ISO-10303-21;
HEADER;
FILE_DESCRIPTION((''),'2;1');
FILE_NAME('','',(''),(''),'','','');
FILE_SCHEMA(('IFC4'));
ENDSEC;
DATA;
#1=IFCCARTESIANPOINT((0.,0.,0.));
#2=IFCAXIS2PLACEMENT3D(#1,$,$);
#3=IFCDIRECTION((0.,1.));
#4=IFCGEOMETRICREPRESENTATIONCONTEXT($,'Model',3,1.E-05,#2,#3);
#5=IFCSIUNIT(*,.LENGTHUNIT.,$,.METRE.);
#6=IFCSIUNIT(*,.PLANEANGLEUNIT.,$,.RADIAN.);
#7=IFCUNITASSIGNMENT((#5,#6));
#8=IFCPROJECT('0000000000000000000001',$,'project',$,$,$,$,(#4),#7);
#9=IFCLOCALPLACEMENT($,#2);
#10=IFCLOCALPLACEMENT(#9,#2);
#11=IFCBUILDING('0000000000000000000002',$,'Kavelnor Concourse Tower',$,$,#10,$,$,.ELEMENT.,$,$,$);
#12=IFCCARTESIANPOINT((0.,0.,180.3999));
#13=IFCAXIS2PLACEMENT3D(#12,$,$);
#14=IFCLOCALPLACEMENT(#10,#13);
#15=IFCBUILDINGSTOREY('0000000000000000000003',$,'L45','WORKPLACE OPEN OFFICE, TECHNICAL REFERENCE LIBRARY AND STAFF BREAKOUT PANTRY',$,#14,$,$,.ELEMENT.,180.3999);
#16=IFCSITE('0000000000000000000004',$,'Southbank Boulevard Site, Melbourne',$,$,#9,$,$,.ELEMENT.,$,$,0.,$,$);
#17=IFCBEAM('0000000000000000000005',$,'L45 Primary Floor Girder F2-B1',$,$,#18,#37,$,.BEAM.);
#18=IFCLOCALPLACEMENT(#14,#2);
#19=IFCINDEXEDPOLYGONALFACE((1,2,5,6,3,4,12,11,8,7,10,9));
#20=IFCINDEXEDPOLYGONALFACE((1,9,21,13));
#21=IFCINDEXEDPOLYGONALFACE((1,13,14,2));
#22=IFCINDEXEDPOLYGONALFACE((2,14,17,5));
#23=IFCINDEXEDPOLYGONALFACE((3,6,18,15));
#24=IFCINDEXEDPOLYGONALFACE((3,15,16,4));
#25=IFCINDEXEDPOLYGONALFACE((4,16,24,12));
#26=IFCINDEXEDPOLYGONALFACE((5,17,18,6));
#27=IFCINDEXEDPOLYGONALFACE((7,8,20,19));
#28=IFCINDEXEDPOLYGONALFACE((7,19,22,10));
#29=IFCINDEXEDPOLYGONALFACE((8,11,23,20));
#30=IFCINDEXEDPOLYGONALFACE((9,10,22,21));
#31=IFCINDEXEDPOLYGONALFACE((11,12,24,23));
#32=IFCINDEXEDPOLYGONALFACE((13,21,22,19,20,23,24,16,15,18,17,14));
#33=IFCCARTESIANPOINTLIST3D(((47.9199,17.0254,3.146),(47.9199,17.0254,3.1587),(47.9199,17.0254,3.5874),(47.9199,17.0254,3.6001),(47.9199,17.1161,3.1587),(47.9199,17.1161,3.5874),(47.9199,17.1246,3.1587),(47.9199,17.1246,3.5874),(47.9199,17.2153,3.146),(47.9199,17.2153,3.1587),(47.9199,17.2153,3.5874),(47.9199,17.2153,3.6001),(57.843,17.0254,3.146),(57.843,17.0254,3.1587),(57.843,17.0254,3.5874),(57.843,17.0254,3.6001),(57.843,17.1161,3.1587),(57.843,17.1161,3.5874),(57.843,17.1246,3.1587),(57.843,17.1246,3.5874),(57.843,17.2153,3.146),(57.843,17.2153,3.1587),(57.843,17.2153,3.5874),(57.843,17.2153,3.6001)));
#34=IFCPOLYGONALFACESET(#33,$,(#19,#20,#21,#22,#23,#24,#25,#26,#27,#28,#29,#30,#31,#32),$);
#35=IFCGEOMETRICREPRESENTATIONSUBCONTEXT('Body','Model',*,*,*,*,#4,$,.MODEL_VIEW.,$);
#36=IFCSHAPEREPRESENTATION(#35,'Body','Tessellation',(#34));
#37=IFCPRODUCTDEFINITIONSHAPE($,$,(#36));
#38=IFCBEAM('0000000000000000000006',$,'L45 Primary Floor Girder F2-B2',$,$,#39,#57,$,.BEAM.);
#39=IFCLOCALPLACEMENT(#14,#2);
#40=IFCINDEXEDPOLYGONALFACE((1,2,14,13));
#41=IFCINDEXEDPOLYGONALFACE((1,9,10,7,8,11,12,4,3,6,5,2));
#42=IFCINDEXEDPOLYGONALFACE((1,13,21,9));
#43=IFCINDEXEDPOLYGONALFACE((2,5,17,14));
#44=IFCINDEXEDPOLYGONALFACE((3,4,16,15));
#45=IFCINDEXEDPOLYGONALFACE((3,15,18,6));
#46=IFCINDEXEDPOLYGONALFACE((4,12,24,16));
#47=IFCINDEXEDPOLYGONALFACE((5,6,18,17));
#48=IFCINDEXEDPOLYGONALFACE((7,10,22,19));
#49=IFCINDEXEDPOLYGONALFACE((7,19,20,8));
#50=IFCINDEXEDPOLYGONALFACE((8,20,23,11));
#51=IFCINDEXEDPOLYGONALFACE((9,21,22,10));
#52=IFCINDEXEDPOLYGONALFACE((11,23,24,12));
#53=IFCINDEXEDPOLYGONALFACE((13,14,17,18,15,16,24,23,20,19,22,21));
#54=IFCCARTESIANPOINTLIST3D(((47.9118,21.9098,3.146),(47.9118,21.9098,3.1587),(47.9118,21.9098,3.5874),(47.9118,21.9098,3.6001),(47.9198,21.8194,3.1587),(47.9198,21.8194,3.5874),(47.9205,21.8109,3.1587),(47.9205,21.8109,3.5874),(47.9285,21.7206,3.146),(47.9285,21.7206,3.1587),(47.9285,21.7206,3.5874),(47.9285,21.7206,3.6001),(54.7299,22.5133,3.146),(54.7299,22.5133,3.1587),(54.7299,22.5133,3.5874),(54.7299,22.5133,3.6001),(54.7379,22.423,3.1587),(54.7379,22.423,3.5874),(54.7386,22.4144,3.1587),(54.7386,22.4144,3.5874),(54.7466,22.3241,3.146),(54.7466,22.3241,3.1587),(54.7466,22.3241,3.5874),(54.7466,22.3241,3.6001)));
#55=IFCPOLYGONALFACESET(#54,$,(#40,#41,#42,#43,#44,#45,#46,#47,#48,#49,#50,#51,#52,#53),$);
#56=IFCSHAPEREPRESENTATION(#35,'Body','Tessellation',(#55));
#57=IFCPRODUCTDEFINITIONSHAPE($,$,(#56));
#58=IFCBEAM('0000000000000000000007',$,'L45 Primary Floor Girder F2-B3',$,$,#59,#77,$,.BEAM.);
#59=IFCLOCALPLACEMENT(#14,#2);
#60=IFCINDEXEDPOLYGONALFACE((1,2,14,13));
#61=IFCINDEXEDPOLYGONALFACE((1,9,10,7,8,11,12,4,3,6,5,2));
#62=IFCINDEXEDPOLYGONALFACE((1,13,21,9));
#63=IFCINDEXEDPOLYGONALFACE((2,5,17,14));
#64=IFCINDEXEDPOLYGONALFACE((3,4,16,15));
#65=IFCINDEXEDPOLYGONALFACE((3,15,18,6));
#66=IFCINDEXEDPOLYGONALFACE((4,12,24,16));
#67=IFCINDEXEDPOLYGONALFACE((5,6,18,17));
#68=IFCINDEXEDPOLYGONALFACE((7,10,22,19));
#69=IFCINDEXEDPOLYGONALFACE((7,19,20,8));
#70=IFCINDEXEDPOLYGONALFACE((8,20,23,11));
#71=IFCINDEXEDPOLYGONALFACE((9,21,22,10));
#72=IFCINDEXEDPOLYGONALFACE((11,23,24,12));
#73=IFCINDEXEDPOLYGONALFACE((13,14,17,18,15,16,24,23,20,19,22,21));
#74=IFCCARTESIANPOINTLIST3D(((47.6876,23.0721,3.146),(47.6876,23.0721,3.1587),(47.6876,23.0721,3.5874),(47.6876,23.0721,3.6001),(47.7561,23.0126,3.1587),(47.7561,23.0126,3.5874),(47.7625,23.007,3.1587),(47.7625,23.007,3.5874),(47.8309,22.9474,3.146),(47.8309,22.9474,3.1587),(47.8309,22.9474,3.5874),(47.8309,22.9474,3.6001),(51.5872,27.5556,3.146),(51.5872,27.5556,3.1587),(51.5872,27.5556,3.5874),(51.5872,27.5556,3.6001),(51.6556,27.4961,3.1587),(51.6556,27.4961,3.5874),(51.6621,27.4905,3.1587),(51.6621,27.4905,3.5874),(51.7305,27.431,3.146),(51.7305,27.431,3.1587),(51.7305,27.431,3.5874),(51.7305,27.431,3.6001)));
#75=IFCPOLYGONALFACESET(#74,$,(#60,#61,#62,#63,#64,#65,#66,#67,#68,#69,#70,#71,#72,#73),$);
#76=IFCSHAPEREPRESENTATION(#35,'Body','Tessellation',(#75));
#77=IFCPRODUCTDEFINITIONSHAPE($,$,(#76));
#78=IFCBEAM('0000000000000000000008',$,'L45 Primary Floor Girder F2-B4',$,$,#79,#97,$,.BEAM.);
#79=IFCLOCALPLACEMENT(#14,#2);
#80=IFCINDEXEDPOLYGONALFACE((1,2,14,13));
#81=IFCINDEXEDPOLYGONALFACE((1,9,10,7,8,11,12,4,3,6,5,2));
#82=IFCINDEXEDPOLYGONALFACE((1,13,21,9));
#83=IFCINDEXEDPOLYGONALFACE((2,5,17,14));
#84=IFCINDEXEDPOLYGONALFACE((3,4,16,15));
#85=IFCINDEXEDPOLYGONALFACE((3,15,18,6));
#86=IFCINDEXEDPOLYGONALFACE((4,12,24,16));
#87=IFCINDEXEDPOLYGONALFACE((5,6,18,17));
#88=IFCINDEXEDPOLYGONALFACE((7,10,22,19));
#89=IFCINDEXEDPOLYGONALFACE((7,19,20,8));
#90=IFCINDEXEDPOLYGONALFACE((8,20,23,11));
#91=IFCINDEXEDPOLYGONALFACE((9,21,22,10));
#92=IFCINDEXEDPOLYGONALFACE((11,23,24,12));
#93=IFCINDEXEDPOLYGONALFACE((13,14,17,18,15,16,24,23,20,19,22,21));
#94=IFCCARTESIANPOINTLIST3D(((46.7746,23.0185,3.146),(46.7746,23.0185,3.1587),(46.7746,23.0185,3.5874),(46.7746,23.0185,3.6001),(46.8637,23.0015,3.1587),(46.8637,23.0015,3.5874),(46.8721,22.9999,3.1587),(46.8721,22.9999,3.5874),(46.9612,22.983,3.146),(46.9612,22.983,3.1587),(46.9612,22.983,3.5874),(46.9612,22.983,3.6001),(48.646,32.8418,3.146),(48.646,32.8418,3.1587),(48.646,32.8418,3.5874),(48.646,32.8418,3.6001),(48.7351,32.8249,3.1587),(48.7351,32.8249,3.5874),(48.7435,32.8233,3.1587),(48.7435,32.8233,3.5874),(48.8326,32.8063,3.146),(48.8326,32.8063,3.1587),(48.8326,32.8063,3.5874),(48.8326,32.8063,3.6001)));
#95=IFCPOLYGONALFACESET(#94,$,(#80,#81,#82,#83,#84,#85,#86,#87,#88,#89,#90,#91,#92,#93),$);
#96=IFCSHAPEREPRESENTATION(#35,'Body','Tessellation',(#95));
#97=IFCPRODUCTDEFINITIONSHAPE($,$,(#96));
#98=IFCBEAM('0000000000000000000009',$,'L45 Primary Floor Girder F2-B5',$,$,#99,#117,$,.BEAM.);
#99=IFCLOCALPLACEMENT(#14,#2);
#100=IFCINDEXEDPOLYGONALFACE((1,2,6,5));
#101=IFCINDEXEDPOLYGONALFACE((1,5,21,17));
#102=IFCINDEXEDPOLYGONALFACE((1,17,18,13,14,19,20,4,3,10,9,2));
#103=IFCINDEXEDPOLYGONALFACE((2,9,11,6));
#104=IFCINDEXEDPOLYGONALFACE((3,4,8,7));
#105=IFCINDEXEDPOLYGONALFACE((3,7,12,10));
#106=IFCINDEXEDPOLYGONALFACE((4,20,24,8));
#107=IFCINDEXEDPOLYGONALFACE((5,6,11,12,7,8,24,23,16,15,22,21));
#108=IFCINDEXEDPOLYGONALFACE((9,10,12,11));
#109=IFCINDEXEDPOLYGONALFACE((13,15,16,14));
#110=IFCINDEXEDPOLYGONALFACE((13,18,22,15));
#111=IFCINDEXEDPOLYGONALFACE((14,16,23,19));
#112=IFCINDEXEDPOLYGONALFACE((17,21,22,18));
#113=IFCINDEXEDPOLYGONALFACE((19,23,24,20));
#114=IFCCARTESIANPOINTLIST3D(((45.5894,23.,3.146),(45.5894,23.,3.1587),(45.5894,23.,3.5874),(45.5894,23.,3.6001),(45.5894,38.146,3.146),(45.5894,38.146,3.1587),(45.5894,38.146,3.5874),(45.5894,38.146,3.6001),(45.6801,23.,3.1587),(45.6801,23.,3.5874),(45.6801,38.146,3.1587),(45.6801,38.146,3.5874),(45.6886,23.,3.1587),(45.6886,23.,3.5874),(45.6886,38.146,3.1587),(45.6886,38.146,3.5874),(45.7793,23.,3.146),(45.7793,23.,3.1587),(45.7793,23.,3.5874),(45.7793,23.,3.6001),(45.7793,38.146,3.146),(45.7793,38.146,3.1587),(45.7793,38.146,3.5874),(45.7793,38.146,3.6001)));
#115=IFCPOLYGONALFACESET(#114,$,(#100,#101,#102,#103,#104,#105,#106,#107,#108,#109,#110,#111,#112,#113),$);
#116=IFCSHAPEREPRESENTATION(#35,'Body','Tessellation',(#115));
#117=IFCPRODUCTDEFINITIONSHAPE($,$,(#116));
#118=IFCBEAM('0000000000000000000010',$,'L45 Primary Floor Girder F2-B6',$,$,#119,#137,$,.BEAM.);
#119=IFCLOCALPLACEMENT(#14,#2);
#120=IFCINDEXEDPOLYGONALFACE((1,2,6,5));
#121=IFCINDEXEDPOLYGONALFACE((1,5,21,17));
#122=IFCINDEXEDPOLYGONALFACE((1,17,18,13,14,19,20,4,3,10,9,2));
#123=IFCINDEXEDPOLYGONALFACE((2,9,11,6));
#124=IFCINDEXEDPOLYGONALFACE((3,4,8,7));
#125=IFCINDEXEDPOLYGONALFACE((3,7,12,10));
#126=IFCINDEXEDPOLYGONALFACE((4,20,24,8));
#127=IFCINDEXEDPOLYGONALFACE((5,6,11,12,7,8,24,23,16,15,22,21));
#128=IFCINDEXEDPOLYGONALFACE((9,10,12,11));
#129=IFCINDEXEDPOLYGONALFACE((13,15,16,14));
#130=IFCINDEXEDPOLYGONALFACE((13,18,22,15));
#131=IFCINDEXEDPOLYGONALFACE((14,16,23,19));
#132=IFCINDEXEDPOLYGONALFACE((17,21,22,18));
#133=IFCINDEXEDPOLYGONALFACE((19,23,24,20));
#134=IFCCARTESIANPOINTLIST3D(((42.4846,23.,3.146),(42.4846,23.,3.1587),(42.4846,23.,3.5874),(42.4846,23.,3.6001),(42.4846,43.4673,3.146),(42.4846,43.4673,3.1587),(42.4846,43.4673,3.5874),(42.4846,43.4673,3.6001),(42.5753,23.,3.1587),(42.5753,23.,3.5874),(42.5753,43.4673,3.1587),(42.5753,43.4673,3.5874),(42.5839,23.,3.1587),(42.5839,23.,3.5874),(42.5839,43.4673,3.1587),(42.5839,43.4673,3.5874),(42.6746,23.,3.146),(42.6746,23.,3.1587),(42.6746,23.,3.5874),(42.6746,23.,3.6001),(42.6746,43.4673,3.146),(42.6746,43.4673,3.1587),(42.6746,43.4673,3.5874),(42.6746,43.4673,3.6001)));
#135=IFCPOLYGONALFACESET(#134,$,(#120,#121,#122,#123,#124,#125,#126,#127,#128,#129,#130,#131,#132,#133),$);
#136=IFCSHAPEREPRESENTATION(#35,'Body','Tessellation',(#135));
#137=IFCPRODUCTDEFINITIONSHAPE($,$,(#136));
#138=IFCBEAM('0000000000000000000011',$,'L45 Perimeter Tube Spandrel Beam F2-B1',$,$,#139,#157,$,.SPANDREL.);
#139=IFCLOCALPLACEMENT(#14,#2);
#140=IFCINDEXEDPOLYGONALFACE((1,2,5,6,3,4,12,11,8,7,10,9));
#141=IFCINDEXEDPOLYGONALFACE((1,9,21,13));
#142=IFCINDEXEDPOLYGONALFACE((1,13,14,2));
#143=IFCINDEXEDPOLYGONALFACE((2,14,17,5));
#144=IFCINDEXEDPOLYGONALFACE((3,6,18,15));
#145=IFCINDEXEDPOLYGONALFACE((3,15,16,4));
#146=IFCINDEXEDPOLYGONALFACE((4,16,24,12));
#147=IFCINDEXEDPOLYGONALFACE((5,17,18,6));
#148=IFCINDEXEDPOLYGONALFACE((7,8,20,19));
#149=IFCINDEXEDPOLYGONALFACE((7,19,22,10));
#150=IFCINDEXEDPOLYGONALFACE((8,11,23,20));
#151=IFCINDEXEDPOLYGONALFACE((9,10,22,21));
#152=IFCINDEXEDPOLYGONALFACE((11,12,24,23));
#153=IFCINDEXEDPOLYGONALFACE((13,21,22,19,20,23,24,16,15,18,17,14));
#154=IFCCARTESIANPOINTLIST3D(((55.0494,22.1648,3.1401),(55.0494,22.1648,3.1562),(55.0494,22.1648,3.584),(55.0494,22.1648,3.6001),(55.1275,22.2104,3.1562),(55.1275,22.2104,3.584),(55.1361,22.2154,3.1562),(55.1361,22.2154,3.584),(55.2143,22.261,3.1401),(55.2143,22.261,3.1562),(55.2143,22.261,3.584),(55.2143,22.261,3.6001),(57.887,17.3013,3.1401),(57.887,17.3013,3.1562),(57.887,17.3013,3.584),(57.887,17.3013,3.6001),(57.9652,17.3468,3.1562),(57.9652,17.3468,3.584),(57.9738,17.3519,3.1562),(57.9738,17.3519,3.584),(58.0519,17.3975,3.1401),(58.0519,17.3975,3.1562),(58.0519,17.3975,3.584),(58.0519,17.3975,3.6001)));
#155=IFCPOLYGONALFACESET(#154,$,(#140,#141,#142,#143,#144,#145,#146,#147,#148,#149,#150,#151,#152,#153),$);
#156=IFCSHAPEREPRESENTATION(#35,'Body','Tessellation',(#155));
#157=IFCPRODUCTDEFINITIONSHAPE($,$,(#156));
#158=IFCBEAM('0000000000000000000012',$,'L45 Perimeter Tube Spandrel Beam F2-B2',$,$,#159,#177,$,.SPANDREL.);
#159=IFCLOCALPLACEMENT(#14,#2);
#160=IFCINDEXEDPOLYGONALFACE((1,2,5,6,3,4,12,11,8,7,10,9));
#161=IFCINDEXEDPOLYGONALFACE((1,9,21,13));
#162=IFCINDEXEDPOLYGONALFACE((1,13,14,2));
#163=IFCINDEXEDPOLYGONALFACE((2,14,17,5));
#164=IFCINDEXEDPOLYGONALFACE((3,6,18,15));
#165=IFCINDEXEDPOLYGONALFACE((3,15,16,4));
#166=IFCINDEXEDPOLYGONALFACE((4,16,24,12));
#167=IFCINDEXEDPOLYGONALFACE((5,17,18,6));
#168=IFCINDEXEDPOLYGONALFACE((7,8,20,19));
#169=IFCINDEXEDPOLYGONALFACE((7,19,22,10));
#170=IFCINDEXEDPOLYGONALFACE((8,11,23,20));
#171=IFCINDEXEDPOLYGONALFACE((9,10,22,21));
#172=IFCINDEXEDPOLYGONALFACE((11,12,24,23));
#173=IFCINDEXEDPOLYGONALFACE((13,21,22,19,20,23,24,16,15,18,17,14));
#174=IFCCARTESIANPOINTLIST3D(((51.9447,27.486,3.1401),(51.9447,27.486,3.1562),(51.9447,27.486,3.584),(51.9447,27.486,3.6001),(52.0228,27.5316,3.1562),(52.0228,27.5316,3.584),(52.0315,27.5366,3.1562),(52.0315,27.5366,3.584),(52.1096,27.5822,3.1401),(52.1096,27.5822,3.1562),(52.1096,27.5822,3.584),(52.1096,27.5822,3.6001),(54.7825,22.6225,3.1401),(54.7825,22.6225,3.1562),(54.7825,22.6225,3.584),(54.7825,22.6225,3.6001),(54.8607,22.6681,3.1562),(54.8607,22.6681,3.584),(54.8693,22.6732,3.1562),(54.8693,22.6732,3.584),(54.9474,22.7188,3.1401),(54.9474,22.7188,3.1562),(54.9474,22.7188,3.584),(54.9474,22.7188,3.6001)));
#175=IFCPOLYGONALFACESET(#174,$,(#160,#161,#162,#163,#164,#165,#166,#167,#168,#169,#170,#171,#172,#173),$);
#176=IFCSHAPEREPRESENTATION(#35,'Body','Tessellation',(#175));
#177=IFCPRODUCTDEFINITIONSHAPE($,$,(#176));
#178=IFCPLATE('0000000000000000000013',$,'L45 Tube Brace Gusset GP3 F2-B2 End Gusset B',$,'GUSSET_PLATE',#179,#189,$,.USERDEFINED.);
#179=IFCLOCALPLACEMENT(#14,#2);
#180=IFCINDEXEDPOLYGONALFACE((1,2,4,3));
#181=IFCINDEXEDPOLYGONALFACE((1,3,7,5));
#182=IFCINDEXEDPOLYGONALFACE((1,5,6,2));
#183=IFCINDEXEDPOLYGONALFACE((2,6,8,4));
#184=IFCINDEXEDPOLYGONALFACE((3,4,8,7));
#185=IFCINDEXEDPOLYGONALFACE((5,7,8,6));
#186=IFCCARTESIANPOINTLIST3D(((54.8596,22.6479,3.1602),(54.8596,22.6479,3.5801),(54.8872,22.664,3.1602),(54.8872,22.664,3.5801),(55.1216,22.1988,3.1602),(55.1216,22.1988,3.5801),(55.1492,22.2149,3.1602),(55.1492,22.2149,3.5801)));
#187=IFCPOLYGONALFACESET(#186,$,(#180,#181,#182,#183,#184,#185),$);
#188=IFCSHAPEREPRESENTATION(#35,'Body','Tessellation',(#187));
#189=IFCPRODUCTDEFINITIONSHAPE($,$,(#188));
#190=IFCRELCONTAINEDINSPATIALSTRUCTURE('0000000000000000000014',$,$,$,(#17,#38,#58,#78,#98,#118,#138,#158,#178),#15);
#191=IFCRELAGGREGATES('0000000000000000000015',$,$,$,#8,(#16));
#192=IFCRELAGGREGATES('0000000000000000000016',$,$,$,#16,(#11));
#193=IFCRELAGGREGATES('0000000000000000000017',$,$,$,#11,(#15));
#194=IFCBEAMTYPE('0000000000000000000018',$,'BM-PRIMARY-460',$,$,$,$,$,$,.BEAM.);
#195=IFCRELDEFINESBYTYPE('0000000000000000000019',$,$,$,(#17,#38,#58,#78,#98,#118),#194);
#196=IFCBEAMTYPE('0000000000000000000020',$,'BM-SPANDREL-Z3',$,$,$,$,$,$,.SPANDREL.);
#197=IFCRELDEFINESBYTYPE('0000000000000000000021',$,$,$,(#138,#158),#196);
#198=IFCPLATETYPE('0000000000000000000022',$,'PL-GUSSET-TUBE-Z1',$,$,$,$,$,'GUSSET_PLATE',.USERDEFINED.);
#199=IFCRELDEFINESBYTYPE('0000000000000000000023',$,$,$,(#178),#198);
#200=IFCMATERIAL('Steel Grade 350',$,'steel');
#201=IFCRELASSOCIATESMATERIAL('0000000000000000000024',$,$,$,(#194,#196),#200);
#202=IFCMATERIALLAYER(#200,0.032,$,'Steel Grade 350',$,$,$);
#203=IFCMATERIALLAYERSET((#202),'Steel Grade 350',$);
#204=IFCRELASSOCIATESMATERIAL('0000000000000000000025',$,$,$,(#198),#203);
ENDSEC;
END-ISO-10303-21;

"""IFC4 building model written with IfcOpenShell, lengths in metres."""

from ifc_helpers import new_model, si_unit, direction, frame, origin, origin_2d, place, context, subcontext, project, spatial, rectangle, i_section, extrude, material, layer, layer_set, material_profile, profile_set, type_object, element, save


model = new_model("IFC4")

# Units and contexts
model_context = context("Model", 3, precision=1e-05, world=origin(), true_north=direction((0.0, 1.0)))
body_context = subcontext(model_context, "Body", "Model", "MODEL_VIEW")
ifc_project = project(units=[si_unit("LENGTHUNIT", "METRE"), si_unit("PLANEANGLEUNIT", "RADIAN")], contexts=[model_context])

# Site, building, storey
site_placement = place(None, origin())
site = spatial("IfcSite", under=ifc_project, at=site_placement, Name="Southbank Boulevard Site, Melbourne", CompositionType="ELEMENT", RefElevation=0.0)
building_placement = place(site_placement, origin())
building = spatial("IfcBuilding", under=site, at=building_placement, Name="Kavelnor Concourse Tower", CompositionType="ELEMENT")
storey_placement = place(building_placement, frame((0.0, 0.0, 180.3999)))
storey = spatial("IfcBuildingStorey", under=building, at=storey_placement, Name="L45", Description="WORKPLACE OPEN OFFICE, TECHNICAL REFERENCE LIBRARY AND STAFF BREAKOUT PANTRY", CompositionType="ELEMENT", Elevation=180.3999)

# Shared definitions
ifc_material_1 = material(Name="Steel Grade 350", Category="steel")

# Beams
ifc_material_profile_1 = material_profile(ifc_material_1, i_section(OverallWidth=0.1899, OverallDepth=0.4541, WebThickness=0.0085, FlangeThickness=0.0127, at=origin_2d()), Name="460UB67")
ifc_profile_set_1 = profile_set([ifc_material_profile_1], Name="Steel Grade 350")
beam_type_1 = type_object("IfcBeamType", Name="BM-PRIMARY-460", PredefinedType="BEAM", material=ifc_profile_set_1)
beam_1_placement = place(storey_placement, frame((47.9199, 17.1204, 3.373), z_axis=(1.0, 0.0, 0.0), x_axis=(0.0, 1.0, 0.0)))
element("IfcBeam", 1, at=beam_1_placement, inside=storey, type_object=beam_type_1, Name="L45 Primary Floor Girder F2-B1", PredefinedType="BEAM", context=body_context, shape_type="SweptSolid", body=[
    extrude(i_section(OverallWidth=0.1899, OverallDepth=0.4541, WebThickness=0.0085, FlangeThickness=0.0127, at=origin_2d()), origin(), (0.0, 0.0, 1.0), 9.9231),
])
beam_2_placement = place(storey_placement, frame((47.9202, 21.8152, 3.373), z_axis=(0.996105, 0.088172, 0.0), x_axis=(-0.088172, 0.996105, 0.0)))
element("IfcBeam", 2, at=beam_2_placement, inside=storey, type_object=beam_type_1, Name="L45 Primary Floor Girder F2-B2", PredefinedType="BEAM", context=body_context, shape_type="SweptSolid", body=[
    extrude(i_section(OverallWidth=0.1899, OverallDepth=0.4541, WebThickness=0.0085, FlangeThickness=0.0127, at=origin_2d()), origin(), (0.0, 0.0, 1.0), 6.8447),
])
beam_3_placement = place(storey_placement, frame((47.7593, 23.0098, 3.373), z_axis=(0.656259, 0.754536, 0.0), x_axis=(-0.754536, 0.656259, 0.0)))
element("IfcBeam", 3, at=beam_3_placement, inside=storey, type_object=beam_type_1, Name="L45 Primary Floor Girder F2-B3", PredefinedType="BEAM", context=body_context, shape_type="SweptSolid", body=[
    extrude(i_section(OverallWidth=0.1899, OverallDepth=0.4541, WebThickness=0.0085, FlangeThickness=0.0127, at=origin_2d()), origin(), (0.0, 0.0, 1.0), 5.9421),
])
beam_4_placement = place(storey_placement, frame((46.8679, 23.0007, 3.373), z_axis=(0.187136, 0.982334, 0.0), x_axis=(-0.982334, 0.187136, 0.0)))
element("IfcBeam", 4, at=beam_4_placement, inside=storey, type_object=beam_type_1, Name="L45 Primary Floor Girder F2-B4", PredefinedType="BEAM", context=body_context, shape_type="SweptSolid", body=[
    extrude(i_section(OverallWidth=0.1899, OverallDepth=0.4541, WebThickness=0.0085, FlangeThickness=0.0127, at=origin_2d()), origin(), (0.0, 0.0, 1.0), 10.0),
])
beam_5_placement = place(storey_placement, frame((45.6843, 23.0, 3.373), z_axis=(0.0, 1.0, 0.0), x_axis=(-1.0, 0.0, 0.0)))
element("IfcBeam", 5, at=beam_5_placement, inside=storey, type_object=beam_type_1, Name="L45 Primary Floor Girder F2-B5", PredefinedType="BEAM", context=body_context, shape_type="SweptSolid", body=[
    extrude(i_section(OverallWidth=0.1899, OverallDepth=0.4541, WebThickness=0.0085, FlangeThickness=0.0127, at=origin_2d()), origin(), (0.0, 0.0, 1.0), 15.146),
])
beam_6_placement = place(storey_placement, frame((42.5796, 23.0, 3.373), z_axis=(0.0, 1.0, 0.0), x_axis=(-1.0, 0.0, 0.0)))
element("IfcBeam", 6, at=beam_6_placement, inside=storey, type_object=beam_type_1, Name="L45 Primary Floor Girder F2-B6", PredefinedType="BEAM", context=body_context, shape_type="SweptSolid", body=[
    extrude(i_section(OverallWidth=0.1899, OverallDepth=0.4541, WebThickness=0.0085, FlangeThickness=0.0127, at=origin_2d()), origin(), (0.0, 0.0, 1.0), 20.4673),
])
ifc_material_profile_2 = material_profile(ifc_material_1, i_section(OverallWidth=0.1909, OverallDepth=0.46, WebThickness=0.01, FlangeThickness=0.0161, at=origin_2d()), Name="460UB82")
ifc_profile_set_2 = profile_set([ifc_material_profile_2], Name="Steel Grade 350")
beam_type_2 = type_object("IfcBeamType", Name="BM-SPANDREL-Z3", PredefinedType="SPANDREL", material=ifc_profile_set_2)
for number, where, z_axis, x_axis, name in (
    (7, (57.9695, 17.3494, 3.3701), (-0.503949, 0.863733, 0.0), (-0.863733, -0.503949, 0.0), "L45 Perimeter Tube Spandrel Beam F2-B1"),
    (8, (54.865, 22.6707, 3.3701), (-0.503982, 0.863714, 0.0), (-0.863714, -0.503982, 0.0), "L45 Perimeter Tube Spandrel Beam F2-B2"),
):
    element("IfcBeam", number, at=place(storey_placement, frame(where, z_axis=z_axis, x_axis=x_axis)), inside=storey, type_object=beam_type_2, Name=name, PredefinedType="SPANDREL", context=body_context, shape_type="SweptSolid", body=[
        extrude(i_section(OverallWidth=0.1909, OverallDepth=0.46, WebThickness=0.01, FlangeThickness=0.0161, at=origin_2d()), origin(), (0.0, 0.0, 1.0), 5.6309),
    ])

# Plate
ifc_layer_1 = layer(ifc_material_1, 0.032, Name="Steel Grade 350")
ifc_layer_set_1 = layer_set([ifc_layer_1], Name="Steel Grade 350")
plate_type_1 = type_object("IfcPlateType", Name="PL-GUSSET-TUBE-Z1", ElementType="GUSSET_PLATE", PredefinedType="USERDEFINED", material=ifc_layer_set_1)
plate_1_placement = place(storey_placement, frame((55.0044, 22.4314, 3.1602), z_axis=(0.0, 0.0, 1.0), x_axis=(0.503925, -0.863748, 0.0)))
element("IfcPlate", 9, at=plate_1_placement, inside=storey, type_object=plate_type_1, Name="L45 Tube Brace Gusset GP3 F2-B2 End Gusset B", ObjectType="GUSSET_PLATE", PredefinedType="USERDEFINED", context=body_context, shape_type="SweptSolid", body=[
    extrude(rectangle(XDim=0.52, YDim=0.032, at=origin_2d()), origin(), (0.0, 0.0, 1.0), 0.4199),
])

save(model, "model.ifc")
